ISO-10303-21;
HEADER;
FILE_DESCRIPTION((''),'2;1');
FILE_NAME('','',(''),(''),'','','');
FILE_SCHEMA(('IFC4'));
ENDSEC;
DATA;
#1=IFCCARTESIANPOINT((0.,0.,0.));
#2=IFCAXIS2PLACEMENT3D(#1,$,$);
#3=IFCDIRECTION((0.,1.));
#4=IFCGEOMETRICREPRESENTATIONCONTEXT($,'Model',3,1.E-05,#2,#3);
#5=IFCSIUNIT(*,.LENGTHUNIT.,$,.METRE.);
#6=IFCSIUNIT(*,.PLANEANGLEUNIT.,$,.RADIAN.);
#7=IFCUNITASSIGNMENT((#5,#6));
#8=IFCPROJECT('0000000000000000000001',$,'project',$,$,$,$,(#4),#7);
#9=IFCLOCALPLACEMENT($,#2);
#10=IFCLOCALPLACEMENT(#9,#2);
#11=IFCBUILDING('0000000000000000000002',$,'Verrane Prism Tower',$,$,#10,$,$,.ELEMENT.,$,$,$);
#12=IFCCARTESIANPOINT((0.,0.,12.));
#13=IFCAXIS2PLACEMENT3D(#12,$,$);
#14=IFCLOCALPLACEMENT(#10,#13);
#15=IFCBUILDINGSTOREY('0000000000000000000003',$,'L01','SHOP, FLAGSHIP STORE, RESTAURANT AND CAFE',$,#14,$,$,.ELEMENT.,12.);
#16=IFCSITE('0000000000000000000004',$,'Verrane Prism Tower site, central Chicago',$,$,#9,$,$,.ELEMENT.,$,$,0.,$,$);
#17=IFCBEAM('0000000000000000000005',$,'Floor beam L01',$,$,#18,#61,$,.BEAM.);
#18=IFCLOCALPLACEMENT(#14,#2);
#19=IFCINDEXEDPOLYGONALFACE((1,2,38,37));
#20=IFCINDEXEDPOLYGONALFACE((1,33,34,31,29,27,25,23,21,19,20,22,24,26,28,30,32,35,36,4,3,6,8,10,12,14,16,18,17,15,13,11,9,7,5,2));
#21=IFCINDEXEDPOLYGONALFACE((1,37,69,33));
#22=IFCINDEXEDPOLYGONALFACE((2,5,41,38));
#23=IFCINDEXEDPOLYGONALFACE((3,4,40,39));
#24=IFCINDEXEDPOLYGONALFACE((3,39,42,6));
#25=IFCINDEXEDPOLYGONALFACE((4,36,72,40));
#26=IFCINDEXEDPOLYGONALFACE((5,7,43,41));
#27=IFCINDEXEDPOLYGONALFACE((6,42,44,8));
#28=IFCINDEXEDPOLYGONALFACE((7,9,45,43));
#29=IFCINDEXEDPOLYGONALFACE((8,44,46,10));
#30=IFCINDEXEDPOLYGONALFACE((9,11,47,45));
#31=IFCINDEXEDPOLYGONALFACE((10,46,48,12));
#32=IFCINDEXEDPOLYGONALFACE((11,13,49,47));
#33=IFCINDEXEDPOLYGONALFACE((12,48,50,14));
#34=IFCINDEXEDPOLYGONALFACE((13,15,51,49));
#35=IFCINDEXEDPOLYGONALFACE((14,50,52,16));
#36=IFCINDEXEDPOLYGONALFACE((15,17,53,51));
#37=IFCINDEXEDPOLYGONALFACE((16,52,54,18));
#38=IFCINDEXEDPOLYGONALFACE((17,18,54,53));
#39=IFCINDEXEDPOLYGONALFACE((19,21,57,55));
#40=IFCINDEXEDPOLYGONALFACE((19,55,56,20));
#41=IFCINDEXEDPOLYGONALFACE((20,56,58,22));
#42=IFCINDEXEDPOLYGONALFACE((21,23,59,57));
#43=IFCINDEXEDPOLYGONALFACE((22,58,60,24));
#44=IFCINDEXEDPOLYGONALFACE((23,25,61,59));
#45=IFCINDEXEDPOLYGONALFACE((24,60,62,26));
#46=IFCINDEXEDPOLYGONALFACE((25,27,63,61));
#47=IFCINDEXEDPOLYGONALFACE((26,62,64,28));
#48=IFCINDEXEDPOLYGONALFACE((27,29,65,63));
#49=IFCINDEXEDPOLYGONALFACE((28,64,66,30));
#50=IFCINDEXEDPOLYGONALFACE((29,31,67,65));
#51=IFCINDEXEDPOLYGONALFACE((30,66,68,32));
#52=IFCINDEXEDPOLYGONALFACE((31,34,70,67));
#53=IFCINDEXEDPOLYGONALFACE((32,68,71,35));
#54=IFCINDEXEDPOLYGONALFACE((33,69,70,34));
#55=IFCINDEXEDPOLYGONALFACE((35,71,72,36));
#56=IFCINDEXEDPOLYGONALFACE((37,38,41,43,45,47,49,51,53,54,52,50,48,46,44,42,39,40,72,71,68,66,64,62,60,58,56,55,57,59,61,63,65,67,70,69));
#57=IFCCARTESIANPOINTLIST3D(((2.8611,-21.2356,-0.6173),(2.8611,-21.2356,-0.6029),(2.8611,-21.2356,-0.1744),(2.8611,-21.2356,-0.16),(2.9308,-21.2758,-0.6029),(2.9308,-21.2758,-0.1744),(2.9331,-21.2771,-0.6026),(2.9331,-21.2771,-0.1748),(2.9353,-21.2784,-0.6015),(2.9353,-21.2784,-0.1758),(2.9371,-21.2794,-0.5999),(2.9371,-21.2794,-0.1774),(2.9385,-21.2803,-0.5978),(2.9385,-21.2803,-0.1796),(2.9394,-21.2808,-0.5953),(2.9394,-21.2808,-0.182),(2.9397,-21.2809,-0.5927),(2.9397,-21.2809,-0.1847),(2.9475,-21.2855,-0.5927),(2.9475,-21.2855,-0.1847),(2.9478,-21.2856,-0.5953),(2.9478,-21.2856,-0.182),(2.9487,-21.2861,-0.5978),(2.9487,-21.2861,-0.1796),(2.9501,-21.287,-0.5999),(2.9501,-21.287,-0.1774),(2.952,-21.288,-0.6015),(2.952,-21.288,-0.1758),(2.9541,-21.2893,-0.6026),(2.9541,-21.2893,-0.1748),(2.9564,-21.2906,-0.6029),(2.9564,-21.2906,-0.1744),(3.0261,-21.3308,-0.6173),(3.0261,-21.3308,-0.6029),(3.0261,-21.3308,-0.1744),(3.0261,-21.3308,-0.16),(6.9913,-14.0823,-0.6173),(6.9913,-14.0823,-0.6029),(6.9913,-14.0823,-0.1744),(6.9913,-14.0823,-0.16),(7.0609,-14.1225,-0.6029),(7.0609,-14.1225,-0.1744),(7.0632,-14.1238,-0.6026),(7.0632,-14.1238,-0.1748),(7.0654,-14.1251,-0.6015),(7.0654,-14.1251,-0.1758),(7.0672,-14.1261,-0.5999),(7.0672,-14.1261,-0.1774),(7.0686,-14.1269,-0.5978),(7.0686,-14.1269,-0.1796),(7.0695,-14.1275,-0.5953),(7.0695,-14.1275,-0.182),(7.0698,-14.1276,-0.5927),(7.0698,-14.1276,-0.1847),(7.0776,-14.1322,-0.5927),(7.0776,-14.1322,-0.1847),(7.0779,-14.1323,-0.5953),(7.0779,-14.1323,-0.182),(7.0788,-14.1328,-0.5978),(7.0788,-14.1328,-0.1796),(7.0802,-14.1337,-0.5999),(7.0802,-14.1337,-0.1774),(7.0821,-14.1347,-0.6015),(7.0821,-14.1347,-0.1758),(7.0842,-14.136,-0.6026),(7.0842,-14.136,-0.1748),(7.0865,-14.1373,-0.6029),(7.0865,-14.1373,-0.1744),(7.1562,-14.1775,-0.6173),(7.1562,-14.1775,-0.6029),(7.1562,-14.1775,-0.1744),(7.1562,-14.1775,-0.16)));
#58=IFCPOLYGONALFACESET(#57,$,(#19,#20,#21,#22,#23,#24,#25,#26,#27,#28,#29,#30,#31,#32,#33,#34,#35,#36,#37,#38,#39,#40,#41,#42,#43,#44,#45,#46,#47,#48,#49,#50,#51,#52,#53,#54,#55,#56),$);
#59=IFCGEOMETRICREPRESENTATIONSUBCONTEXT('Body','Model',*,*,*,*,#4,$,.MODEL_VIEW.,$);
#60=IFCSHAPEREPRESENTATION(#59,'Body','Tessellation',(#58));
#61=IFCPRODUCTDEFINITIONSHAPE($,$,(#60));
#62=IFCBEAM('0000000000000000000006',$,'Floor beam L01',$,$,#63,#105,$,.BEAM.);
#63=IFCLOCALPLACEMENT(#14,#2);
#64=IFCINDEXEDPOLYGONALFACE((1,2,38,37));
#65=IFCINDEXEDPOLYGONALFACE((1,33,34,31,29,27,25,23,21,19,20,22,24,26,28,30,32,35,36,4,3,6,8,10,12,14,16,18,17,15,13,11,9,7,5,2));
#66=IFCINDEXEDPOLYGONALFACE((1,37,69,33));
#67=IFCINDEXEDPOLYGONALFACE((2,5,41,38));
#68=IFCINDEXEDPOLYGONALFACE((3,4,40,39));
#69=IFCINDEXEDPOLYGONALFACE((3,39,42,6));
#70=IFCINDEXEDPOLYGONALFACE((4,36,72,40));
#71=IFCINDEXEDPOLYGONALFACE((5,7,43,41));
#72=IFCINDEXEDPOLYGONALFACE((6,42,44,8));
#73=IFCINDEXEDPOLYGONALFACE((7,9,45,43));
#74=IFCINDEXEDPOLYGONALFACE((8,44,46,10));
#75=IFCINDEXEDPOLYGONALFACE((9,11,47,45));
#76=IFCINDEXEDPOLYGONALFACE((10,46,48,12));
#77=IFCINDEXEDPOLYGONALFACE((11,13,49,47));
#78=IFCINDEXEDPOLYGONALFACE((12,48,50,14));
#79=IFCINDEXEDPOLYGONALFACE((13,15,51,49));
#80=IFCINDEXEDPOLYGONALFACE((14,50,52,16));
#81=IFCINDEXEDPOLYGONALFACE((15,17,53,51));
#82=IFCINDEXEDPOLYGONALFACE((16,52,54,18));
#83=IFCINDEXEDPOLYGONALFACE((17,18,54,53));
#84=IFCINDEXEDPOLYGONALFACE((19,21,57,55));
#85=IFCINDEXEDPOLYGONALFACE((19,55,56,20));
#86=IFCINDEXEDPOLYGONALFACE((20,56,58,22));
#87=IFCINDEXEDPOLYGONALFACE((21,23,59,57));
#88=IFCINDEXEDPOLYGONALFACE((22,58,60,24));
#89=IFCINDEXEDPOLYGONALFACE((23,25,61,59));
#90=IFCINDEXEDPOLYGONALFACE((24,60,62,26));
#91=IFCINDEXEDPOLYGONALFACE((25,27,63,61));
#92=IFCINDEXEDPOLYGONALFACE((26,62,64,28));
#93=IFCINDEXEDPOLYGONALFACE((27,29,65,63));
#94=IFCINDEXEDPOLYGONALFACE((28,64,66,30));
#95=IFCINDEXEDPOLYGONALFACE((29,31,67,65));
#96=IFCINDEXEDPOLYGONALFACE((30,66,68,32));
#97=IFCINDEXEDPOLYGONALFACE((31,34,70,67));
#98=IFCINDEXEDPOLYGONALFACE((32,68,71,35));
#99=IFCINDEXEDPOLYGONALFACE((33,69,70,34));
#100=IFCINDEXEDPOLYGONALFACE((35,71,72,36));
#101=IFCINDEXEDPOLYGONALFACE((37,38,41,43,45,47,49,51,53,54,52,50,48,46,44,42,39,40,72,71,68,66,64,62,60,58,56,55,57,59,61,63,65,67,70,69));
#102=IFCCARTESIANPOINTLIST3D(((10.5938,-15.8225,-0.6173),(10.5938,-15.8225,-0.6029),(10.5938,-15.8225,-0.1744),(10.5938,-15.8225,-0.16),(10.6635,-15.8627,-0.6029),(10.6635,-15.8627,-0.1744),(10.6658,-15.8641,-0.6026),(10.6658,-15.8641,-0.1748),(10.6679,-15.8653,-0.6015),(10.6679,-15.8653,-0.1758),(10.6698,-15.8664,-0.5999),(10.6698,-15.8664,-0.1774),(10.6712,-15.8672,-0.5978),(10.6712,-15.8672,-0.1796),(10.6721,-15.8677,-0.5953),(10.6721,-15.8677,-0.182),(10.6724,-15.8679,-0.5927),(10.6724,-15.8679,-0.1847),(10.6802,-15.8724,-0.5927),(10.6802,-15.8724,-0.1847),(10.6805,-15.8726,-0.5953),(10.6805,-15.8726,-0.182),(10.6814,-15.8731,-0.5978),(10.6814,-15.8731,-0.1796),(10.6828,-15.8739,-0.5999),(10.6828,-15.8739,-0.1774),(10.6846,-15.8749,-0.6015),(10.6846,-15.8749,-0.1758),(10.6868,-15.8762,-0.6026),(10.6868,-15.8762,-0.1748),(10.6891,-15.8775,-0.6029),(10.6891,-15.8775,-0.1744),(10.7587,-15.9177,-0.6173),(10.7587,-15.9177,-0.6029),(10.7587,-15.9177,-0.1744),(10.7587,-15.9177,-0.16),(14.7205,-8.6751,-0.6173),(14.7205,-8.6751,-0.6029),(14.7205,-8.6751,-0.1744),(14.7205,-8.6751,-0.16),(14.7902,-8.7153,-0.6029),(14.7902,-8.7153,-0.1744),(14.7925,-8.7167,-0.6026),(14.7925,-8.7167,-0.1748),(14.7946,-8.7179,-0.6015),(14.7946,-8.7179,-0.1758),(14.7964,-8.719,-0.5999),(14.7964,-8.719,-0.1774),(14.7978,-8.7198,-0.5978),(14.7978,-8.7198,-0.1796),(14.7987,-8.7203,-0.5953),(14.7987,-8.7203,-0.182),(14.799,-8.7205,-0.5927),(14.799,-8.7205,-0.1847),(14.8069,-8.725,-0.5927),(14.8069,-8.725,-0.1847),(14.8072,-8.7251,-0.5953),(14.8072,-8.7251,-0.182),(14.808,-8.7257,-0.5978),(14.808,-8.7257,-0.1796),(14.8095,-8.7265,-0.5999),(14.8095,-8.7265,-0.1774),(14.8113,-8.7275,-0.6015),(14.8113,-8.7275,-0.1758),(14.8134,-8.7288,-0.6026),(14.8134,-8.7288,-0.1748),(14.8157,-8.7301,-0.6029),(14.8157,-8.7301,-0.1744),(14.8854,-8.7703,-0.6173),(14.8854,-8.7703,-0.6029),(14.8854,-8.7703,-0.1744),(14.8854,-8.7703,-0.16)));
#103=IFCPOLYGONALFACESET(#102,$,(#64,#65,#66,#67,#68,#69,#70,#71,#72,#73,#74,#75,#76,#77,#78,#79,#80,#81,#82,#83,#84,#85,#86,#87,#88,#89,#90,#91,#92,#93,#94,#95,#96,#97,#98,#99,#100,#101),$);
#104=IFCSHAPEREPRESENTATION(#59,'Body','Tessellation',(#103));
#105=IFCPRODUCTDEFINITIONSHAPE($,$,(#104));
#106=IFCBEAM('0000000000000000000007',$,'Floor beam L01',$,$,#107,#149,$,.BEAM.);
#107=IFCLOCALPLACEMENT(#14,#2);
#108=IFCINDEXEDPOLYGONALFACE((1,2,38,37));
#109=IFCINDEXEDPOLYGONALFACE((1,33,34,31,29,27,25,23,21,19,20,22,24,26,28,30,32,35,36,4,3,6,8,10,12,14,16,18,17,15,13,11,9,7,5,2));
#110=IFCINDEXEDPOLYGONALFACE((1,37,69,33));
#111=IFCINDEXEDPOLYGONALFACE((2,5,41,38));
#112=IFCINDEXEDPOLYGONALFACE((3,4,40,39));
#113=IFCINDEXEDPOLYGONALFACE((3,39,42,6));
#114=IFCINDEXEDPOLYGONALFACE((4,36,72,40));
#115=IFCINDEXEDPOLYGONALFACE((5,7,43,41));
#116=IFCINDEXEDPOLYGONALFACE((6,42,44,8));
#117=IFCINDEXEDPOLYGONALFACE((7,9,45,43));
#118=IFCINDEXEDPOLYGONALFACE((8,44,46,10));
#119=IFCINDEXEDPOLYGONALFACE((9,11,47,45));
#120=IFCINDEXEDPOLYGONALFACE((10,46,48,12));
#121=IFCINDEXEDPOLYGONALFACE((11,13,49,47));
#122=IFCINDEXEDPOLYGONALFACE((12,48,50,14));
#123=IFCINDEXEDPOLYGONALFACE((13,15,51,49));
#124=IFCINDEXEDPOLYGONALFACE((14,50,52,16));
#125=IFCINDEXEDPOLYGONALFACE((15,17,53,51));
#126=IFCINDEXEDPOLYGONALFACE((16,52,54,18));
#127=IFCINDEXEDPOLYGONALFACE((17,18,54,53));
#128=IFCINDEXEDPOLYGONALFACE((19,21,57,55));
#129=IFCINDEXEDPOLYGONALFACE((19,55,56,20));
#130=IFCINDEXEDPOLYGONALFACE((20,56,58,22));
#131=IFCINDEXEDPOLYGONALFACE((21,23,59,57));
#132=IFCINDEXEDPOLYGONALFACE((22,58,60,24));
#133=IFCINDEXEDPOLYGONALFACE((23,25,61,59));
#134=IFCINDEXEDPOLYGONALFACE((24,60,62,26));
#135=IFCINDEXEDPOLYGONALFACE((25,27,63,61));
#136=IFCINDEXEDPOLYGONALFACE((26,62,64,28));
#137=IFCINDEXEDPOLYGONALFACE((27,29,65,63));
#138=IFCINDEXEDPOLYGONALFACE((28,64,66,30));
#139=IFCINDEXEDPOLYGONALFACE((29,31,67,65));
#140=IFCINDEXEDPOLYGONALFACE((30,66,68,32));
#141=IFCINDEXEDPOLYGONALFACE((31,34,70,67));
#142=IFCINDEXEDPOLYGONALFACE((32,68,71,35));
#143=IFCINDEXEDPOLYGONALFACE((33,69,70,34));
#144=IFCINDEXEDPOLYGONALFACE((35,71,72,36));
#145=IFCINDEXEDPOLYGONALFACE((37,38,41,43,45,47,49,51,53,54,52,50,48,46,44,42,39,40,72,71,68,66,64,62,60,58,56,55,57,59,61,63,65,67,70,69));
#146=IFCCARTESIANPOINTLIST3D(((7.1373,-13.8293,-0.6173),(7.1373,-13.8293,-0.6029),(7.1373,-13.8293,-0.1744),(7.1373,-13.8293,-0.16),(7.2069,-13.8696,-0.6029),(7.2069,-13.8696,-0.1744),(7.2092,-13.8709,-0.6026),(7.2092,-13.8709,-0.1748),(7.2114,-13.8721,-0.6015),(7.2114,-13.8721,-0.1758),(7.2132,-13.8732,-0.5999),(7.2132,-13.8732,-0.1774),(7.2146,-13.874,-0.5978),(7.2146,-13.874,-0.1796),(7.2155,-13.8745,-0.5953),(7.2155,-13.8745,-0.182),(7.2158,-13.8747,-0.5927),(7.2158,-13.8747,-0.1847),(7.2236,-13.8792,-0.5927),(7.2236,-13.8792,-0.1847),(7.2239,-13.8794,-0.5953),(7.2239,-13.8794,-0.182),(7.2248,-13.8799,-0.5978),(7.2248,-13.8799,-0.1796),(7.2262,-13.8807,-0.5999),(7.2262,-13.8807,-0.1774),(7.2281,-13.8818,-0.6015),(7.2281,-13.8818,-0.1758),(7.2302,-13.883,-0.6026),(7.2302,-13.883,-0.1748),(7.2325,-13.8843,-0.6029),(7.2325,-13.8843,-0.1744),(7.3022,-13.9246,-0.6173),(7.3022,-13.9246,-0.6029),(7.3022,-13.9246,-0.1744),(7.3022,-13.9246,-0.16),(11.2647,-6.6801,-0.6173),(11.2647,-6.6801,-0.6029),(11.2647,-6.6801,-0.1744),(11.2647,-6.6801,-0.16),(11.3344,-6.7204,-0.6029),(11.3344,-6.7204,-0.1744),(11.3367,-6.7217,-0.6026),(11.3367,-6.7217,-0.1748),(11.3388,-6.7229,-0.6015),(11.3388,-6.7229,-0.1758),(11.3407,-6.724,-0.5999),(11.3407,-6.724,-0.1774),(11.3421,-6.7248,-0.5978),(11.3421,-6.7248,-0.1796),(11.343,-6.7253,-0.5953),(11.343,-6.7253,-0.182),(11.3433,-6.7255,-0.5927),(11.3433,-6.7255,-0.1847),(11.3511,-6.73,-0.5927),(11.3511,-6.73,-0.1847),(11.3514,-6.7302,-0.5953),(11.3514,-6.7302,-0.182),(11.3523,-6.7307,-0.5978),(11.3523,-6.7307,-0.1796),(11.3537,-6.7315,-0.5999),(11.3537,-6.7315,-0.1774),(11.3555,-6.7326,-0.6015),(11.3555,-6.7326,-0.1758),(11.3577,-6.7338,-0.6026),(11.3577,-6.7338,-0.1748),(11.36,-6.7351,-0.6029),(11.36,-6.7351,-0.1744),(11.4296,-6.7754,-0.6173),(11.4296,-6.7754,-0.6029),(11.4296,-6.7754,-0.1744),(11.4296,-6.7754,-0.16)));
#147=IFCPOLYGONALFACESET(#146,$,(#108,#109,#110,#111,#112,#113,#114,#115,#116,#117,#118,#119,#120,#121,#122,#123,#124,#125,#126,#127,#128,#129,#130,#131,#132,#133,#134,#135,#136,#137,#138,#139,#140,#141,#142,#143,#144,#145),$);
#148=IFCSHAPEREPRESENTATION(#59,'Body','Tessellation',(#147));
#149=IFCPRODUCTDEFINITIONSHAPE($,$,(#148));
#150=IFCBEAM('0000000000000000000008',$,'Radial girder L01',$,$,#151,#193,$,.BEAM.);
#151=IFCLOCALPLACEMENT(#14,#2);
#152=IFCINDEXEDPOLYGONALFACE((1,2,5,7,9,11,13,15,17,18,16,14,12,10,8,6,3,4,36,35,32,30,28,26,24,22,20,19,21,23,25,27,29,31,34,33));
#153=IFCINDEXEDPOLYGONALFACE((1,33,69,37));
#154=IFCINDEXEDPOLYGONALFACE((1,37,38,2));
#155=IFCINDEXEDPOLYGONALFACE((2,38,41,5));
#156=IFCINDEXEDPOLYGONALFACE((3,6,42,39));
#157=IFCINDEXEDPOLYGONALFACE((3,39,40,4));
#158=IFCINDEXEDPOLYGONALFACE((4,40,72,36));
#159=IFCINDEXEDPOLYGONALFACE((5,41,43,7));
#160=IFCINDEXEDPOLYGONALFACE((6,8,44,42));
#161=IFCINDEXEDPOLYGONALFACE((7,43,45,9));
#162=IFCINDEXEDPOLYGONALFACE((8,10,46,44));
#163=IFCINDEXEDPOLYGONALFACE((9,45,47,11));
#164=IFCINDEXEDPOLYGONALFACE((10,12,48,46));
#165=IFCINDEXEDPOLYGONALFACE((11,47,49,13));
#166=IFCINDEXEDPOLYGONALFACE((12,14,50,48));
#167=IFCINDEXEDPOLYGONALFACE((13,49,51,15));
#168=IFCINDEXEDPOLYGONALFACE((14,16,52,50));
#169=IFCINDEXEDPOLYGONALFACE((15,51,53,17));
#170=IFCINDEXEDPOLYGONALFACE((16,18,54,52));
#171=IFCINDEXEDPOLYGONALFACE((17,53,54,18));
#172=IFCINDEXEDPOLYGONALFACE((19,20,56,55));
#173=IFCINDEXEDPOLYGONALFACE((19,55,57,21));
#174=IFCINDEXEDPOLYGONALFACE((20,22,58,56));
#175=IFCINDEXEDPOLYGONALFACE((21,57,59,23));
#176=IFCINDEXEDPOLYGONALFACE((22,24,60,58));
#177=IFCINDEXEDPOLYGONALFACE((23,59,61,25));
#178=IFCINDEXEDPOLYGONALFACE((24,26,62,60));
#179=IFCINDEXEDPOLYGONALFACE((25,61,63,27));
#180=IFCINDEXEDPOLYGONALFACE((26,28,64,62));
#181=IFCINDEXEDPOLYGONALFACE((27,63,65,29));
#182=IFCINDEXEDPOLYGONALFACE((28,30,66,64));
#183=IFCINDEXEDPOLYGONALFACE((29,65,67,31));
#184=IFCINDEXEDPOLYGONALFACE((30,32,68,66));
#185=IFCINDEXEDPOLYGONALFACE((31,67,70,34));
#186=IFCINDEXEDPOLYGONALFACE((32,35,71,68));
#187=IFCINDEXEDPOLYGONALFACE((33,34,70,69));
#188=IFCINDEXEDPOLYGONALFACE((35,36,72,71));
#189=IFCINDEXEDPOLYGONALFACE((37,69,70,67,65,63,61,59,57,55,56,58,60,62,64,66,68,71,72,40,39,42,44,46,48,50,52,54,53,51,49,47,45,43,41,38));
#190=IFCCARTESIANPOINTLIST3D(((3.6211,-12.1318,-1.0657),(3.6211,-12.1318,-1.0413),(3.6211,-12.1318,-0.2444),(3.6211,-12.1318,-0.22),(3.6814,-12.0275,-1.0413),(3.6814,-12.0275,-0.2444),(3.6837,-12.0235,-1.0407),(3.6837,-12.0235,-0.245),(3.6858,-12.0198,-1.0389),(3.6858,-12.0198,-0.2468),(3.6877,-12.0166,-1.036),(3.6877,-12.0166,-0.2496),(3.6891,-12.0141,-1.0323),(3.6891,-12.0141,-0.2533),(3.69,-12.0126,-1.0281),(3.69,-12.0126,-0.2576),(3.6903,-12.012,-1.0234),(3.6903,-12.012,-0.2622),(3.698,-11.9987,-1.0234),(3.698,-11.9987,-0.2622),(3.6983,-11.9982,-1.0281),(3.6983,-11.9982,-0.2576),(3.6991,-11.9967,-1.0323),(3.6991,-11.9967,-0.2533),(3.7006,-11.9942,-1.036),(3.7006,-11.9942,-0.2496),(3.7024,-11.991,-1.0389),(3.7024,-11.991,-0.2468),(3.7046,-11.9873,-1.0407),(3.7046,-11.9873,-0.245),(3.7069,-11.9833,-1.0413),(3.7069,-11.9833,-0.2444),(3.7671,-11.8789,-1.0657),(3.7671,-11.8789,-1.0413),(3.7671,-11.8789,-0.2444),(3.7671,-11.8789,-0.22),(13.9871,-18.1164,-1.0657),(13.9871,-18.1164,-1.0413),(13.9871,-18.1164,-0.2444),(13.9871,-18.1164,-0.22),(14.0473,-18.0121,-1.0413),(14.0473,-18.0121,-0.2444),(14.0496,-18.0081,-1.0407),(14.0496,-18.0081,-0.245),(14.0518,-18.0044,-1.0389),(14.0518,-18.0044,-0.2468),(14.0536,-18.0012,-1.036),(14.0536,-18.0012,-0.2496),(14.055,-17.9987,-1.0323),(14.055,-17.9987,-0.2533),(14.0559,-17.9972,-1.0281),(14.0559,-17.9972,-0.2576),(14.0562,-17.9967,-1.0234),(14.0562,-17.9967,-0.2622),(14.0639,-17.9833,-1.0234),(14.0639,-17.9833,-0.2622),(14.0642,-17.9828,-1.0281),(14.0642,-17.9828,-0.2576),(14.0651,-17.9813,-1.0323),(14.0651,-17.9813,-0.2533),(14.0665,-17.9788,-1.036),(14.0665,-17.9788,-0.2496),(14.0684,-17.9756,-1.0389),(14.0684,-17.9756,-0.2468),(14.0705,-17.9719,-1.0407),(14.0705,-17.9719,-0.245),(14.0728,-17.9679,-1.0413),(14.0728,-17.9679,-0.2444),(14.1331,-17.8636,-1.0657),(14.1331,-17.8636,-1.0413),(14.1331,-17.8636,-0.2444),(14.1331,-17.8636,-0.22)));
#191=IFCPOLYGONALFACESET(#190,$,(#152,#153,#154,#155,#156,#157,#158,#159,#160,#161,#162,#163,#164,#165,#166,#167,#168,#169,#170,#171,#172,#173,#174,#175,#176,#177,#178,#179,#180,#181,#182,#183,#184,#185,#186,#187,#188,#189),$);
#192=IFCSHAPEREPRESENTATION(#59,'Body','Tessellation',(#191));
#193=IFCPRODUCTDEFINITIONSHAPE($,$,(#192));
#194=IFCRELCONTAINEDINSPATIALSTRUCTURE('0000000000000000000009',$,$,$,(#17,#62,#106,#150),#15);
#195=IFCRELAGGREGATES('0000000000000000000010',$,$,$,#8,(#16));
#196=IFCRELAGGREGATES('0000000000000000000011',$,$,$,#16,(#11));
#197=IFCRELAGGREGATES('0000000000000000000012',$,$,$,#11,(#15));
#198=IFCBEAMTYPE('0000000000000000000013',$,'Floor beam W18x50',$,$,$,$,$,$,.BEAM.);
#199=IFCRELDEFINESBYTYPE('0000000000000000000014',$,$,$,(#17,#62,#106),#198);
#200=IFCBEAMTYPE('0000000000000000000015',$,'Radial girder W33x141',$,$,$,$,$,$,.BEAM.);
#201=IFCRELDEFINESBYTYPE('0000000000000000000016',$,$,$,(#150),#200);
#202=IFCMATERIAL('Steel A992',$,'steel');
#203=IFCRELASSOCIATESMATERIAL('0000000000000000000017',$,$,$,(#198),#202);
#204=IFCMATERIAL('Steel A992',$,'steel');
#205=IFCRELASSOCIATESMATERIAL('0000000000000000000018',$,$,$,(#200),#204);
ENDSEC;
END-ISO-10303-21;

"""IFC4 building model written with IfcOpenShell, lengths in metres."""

from ifc_helpers import new_model, si_unit, direction, frame, origin, origin_2d, place, context, subcontext, project, spatial, i_section, extrude, material, material_profile, profile_set, type_object, element, save


model = new_model("IFC4")

# Units and contexts
model_context = context("Model", 3, precision=1e-05, world=origin(), true_north=direction((0.0, 1.0)))
body_context = subcontext(model_context, "Body", "Model", "MODEL_VIEW")
ifc_project = project(units=[si_unit("LENGTHUNIT", "METRE"), si_unit("PLANEANGLEUNIT", "RADIAN")], contexts=[model_context])

# Site, building, storey
site_placement = place(None, origin())
site = spatial("IfcSite", under=ifc_project, at=site_placement, Name="Verrane Prism Tower site, central Chicago", CompositionType="ELEMENT", RefElevation=0.0)
building_placement = place(site_placement, origin())
building = spatial("IfcBuilding", under=site, at=building_placement, Name="Verrane Prism Tower", CompositionType="ELEMENT")
storey_placement = place(building_placement, frame((0.0, 0.0, 12.0)))
storey = spatial("IfcBuildingStorey", under=building, at=storey_placement, Name="L01", Description="SHOP, FLAGSHIP STORE, RESTAURANT AND CAFE", CompositionType="ELEMENT", Elevation=12.0)

# Beams
ifc_material_1 = material(Name="Steel A992", Category="steel")
ifc_material_profile_1 = material_profile(ifc_material_1, i_section(OverallWidth=0.1904, OverallDepth=0.4573, WebThickness=0.009, FlangeThickness=0.0144, FilletRadius=0.0103, at=origin_2d()), Name="W18x50")
ifc_profile_set_1 = profile_set([ifc_material_profile_1], Name="Steel A992")
beam_type_1 = type_object("IfcBeamType", Name="Floor beam W18x50", PredefinedType="BEAM", material=ifc_profile_set_1)
beam_1_placement = place(storey_placement, frame((2.9436, -21.2832, -0.3887), z_axis=(0.500014, 0.866017, 0.0), x_axis=(-0.866017, 0.500014, 0.0)))
element("IfcBeam", 1, at=beam_1_placement, inside=storey, type_object=beam_type_1, Name="Floor beam L01", PredefinedType="BEAM", context=body_context, shape_type="SweptSolid", body=[
    extrude(i_section(OverallWidth=0.1904, OverallDepth=0.4573, WebThickness=0.009, FlangeThickness=0.0144, FilletRadius=0.0103, at=origin_2d()), origin(), (0.0, 0.0, 1.0), 8.26),
])
beam_2_placement = place(storey_placement, frame((10.6763, -15.8701, -0.3887), z_axis=(0.500011, 0.866019, 0.0), x_axis=(-0.866019, 0.500011, 0.0)))
element("IfcBeam", 2, at=beam_2_placement, inside=storey, type_object=beam_type_1, Name="Floor beam L01", PredefinedType="BEAM", context=body_context, shape_type="SweptSolid", body=[
    extrude(i_section(OverallWidth=0.1904, OverallDepth=0.4573, WebThickness=0.009, FlangeThickness=0.0144, FilletRadius=0.0103, at=origin_2d()), origin(), (0.0, 0.0, 1.0), 8.2532),
])
beam_3_placement = place(storey_placement, frame((7.2197, -13.877, -0.3887), z_axis=(0.499988, 0.866032, 0.0), x_axis=(-0.866032, 0.499988, 0.0)))
element("IfcBeam", 3, at=beam_3_placement, inside=storey, type_object=beam_type_1, Name="Floor beam L01", PredefinedType="BEAM", context=body_context, shape_type="SweptSolid", body=[
    extrude(i_section(OverallWidth=0.1904, OverallDepth=0.4573, WebThickness=0.009, FlangeThickness=0.0144, FilletRadius=0.0103, at=origin_2d()), origin(), (0.0, 0.0, 1.0), 8.2551),
])
ifc_material_2 = material(Name="Steel A992", Category="steel")
ifc_material_profile_2 = material_profile(ifc_material_2, i_section(OverallWidth=0.292, OverallDepth=0.8457, WebThickness=0.0154, FlangeThickness=0.0244, FilletRadius=0.0178, at=origin_2d()), Name="W33x141")
ifc_profile_set_2 = profile_set([ifc_material_profile_2], Name="Steel A992")
beam_type_2 = type_object("IfcBeamType", Name="Radial girder W33x141", PredefinedType="BEAM", material=ifc_profile_set_2)
beam_4_placement = place(storey_placement, frame((14.0601, -17.99, -0.6428), z_axis=(-0.866032, 0.499989, 0.0), x_axis=(-0.499989, -0.866032, 0.0)))
element("IfcBeam", 4, at=beam_4_placement, inside=storey, type_object=beam_type_2, Name="Radial girder L01", PredefinedType="BEAM", context=body_context, shape_type="SweptSolid", body=[
    extrude(i_section(OverallWidth=0.292, OverallDepth=0.8457, WebThickness=0.0154, FlangeThickness=0.0244, FilletRadius=0.0178, at=origin_2d()), origin(), (0.0, 0.0, 1.0), 11.9695),
])

save(model, "model.ifc")
